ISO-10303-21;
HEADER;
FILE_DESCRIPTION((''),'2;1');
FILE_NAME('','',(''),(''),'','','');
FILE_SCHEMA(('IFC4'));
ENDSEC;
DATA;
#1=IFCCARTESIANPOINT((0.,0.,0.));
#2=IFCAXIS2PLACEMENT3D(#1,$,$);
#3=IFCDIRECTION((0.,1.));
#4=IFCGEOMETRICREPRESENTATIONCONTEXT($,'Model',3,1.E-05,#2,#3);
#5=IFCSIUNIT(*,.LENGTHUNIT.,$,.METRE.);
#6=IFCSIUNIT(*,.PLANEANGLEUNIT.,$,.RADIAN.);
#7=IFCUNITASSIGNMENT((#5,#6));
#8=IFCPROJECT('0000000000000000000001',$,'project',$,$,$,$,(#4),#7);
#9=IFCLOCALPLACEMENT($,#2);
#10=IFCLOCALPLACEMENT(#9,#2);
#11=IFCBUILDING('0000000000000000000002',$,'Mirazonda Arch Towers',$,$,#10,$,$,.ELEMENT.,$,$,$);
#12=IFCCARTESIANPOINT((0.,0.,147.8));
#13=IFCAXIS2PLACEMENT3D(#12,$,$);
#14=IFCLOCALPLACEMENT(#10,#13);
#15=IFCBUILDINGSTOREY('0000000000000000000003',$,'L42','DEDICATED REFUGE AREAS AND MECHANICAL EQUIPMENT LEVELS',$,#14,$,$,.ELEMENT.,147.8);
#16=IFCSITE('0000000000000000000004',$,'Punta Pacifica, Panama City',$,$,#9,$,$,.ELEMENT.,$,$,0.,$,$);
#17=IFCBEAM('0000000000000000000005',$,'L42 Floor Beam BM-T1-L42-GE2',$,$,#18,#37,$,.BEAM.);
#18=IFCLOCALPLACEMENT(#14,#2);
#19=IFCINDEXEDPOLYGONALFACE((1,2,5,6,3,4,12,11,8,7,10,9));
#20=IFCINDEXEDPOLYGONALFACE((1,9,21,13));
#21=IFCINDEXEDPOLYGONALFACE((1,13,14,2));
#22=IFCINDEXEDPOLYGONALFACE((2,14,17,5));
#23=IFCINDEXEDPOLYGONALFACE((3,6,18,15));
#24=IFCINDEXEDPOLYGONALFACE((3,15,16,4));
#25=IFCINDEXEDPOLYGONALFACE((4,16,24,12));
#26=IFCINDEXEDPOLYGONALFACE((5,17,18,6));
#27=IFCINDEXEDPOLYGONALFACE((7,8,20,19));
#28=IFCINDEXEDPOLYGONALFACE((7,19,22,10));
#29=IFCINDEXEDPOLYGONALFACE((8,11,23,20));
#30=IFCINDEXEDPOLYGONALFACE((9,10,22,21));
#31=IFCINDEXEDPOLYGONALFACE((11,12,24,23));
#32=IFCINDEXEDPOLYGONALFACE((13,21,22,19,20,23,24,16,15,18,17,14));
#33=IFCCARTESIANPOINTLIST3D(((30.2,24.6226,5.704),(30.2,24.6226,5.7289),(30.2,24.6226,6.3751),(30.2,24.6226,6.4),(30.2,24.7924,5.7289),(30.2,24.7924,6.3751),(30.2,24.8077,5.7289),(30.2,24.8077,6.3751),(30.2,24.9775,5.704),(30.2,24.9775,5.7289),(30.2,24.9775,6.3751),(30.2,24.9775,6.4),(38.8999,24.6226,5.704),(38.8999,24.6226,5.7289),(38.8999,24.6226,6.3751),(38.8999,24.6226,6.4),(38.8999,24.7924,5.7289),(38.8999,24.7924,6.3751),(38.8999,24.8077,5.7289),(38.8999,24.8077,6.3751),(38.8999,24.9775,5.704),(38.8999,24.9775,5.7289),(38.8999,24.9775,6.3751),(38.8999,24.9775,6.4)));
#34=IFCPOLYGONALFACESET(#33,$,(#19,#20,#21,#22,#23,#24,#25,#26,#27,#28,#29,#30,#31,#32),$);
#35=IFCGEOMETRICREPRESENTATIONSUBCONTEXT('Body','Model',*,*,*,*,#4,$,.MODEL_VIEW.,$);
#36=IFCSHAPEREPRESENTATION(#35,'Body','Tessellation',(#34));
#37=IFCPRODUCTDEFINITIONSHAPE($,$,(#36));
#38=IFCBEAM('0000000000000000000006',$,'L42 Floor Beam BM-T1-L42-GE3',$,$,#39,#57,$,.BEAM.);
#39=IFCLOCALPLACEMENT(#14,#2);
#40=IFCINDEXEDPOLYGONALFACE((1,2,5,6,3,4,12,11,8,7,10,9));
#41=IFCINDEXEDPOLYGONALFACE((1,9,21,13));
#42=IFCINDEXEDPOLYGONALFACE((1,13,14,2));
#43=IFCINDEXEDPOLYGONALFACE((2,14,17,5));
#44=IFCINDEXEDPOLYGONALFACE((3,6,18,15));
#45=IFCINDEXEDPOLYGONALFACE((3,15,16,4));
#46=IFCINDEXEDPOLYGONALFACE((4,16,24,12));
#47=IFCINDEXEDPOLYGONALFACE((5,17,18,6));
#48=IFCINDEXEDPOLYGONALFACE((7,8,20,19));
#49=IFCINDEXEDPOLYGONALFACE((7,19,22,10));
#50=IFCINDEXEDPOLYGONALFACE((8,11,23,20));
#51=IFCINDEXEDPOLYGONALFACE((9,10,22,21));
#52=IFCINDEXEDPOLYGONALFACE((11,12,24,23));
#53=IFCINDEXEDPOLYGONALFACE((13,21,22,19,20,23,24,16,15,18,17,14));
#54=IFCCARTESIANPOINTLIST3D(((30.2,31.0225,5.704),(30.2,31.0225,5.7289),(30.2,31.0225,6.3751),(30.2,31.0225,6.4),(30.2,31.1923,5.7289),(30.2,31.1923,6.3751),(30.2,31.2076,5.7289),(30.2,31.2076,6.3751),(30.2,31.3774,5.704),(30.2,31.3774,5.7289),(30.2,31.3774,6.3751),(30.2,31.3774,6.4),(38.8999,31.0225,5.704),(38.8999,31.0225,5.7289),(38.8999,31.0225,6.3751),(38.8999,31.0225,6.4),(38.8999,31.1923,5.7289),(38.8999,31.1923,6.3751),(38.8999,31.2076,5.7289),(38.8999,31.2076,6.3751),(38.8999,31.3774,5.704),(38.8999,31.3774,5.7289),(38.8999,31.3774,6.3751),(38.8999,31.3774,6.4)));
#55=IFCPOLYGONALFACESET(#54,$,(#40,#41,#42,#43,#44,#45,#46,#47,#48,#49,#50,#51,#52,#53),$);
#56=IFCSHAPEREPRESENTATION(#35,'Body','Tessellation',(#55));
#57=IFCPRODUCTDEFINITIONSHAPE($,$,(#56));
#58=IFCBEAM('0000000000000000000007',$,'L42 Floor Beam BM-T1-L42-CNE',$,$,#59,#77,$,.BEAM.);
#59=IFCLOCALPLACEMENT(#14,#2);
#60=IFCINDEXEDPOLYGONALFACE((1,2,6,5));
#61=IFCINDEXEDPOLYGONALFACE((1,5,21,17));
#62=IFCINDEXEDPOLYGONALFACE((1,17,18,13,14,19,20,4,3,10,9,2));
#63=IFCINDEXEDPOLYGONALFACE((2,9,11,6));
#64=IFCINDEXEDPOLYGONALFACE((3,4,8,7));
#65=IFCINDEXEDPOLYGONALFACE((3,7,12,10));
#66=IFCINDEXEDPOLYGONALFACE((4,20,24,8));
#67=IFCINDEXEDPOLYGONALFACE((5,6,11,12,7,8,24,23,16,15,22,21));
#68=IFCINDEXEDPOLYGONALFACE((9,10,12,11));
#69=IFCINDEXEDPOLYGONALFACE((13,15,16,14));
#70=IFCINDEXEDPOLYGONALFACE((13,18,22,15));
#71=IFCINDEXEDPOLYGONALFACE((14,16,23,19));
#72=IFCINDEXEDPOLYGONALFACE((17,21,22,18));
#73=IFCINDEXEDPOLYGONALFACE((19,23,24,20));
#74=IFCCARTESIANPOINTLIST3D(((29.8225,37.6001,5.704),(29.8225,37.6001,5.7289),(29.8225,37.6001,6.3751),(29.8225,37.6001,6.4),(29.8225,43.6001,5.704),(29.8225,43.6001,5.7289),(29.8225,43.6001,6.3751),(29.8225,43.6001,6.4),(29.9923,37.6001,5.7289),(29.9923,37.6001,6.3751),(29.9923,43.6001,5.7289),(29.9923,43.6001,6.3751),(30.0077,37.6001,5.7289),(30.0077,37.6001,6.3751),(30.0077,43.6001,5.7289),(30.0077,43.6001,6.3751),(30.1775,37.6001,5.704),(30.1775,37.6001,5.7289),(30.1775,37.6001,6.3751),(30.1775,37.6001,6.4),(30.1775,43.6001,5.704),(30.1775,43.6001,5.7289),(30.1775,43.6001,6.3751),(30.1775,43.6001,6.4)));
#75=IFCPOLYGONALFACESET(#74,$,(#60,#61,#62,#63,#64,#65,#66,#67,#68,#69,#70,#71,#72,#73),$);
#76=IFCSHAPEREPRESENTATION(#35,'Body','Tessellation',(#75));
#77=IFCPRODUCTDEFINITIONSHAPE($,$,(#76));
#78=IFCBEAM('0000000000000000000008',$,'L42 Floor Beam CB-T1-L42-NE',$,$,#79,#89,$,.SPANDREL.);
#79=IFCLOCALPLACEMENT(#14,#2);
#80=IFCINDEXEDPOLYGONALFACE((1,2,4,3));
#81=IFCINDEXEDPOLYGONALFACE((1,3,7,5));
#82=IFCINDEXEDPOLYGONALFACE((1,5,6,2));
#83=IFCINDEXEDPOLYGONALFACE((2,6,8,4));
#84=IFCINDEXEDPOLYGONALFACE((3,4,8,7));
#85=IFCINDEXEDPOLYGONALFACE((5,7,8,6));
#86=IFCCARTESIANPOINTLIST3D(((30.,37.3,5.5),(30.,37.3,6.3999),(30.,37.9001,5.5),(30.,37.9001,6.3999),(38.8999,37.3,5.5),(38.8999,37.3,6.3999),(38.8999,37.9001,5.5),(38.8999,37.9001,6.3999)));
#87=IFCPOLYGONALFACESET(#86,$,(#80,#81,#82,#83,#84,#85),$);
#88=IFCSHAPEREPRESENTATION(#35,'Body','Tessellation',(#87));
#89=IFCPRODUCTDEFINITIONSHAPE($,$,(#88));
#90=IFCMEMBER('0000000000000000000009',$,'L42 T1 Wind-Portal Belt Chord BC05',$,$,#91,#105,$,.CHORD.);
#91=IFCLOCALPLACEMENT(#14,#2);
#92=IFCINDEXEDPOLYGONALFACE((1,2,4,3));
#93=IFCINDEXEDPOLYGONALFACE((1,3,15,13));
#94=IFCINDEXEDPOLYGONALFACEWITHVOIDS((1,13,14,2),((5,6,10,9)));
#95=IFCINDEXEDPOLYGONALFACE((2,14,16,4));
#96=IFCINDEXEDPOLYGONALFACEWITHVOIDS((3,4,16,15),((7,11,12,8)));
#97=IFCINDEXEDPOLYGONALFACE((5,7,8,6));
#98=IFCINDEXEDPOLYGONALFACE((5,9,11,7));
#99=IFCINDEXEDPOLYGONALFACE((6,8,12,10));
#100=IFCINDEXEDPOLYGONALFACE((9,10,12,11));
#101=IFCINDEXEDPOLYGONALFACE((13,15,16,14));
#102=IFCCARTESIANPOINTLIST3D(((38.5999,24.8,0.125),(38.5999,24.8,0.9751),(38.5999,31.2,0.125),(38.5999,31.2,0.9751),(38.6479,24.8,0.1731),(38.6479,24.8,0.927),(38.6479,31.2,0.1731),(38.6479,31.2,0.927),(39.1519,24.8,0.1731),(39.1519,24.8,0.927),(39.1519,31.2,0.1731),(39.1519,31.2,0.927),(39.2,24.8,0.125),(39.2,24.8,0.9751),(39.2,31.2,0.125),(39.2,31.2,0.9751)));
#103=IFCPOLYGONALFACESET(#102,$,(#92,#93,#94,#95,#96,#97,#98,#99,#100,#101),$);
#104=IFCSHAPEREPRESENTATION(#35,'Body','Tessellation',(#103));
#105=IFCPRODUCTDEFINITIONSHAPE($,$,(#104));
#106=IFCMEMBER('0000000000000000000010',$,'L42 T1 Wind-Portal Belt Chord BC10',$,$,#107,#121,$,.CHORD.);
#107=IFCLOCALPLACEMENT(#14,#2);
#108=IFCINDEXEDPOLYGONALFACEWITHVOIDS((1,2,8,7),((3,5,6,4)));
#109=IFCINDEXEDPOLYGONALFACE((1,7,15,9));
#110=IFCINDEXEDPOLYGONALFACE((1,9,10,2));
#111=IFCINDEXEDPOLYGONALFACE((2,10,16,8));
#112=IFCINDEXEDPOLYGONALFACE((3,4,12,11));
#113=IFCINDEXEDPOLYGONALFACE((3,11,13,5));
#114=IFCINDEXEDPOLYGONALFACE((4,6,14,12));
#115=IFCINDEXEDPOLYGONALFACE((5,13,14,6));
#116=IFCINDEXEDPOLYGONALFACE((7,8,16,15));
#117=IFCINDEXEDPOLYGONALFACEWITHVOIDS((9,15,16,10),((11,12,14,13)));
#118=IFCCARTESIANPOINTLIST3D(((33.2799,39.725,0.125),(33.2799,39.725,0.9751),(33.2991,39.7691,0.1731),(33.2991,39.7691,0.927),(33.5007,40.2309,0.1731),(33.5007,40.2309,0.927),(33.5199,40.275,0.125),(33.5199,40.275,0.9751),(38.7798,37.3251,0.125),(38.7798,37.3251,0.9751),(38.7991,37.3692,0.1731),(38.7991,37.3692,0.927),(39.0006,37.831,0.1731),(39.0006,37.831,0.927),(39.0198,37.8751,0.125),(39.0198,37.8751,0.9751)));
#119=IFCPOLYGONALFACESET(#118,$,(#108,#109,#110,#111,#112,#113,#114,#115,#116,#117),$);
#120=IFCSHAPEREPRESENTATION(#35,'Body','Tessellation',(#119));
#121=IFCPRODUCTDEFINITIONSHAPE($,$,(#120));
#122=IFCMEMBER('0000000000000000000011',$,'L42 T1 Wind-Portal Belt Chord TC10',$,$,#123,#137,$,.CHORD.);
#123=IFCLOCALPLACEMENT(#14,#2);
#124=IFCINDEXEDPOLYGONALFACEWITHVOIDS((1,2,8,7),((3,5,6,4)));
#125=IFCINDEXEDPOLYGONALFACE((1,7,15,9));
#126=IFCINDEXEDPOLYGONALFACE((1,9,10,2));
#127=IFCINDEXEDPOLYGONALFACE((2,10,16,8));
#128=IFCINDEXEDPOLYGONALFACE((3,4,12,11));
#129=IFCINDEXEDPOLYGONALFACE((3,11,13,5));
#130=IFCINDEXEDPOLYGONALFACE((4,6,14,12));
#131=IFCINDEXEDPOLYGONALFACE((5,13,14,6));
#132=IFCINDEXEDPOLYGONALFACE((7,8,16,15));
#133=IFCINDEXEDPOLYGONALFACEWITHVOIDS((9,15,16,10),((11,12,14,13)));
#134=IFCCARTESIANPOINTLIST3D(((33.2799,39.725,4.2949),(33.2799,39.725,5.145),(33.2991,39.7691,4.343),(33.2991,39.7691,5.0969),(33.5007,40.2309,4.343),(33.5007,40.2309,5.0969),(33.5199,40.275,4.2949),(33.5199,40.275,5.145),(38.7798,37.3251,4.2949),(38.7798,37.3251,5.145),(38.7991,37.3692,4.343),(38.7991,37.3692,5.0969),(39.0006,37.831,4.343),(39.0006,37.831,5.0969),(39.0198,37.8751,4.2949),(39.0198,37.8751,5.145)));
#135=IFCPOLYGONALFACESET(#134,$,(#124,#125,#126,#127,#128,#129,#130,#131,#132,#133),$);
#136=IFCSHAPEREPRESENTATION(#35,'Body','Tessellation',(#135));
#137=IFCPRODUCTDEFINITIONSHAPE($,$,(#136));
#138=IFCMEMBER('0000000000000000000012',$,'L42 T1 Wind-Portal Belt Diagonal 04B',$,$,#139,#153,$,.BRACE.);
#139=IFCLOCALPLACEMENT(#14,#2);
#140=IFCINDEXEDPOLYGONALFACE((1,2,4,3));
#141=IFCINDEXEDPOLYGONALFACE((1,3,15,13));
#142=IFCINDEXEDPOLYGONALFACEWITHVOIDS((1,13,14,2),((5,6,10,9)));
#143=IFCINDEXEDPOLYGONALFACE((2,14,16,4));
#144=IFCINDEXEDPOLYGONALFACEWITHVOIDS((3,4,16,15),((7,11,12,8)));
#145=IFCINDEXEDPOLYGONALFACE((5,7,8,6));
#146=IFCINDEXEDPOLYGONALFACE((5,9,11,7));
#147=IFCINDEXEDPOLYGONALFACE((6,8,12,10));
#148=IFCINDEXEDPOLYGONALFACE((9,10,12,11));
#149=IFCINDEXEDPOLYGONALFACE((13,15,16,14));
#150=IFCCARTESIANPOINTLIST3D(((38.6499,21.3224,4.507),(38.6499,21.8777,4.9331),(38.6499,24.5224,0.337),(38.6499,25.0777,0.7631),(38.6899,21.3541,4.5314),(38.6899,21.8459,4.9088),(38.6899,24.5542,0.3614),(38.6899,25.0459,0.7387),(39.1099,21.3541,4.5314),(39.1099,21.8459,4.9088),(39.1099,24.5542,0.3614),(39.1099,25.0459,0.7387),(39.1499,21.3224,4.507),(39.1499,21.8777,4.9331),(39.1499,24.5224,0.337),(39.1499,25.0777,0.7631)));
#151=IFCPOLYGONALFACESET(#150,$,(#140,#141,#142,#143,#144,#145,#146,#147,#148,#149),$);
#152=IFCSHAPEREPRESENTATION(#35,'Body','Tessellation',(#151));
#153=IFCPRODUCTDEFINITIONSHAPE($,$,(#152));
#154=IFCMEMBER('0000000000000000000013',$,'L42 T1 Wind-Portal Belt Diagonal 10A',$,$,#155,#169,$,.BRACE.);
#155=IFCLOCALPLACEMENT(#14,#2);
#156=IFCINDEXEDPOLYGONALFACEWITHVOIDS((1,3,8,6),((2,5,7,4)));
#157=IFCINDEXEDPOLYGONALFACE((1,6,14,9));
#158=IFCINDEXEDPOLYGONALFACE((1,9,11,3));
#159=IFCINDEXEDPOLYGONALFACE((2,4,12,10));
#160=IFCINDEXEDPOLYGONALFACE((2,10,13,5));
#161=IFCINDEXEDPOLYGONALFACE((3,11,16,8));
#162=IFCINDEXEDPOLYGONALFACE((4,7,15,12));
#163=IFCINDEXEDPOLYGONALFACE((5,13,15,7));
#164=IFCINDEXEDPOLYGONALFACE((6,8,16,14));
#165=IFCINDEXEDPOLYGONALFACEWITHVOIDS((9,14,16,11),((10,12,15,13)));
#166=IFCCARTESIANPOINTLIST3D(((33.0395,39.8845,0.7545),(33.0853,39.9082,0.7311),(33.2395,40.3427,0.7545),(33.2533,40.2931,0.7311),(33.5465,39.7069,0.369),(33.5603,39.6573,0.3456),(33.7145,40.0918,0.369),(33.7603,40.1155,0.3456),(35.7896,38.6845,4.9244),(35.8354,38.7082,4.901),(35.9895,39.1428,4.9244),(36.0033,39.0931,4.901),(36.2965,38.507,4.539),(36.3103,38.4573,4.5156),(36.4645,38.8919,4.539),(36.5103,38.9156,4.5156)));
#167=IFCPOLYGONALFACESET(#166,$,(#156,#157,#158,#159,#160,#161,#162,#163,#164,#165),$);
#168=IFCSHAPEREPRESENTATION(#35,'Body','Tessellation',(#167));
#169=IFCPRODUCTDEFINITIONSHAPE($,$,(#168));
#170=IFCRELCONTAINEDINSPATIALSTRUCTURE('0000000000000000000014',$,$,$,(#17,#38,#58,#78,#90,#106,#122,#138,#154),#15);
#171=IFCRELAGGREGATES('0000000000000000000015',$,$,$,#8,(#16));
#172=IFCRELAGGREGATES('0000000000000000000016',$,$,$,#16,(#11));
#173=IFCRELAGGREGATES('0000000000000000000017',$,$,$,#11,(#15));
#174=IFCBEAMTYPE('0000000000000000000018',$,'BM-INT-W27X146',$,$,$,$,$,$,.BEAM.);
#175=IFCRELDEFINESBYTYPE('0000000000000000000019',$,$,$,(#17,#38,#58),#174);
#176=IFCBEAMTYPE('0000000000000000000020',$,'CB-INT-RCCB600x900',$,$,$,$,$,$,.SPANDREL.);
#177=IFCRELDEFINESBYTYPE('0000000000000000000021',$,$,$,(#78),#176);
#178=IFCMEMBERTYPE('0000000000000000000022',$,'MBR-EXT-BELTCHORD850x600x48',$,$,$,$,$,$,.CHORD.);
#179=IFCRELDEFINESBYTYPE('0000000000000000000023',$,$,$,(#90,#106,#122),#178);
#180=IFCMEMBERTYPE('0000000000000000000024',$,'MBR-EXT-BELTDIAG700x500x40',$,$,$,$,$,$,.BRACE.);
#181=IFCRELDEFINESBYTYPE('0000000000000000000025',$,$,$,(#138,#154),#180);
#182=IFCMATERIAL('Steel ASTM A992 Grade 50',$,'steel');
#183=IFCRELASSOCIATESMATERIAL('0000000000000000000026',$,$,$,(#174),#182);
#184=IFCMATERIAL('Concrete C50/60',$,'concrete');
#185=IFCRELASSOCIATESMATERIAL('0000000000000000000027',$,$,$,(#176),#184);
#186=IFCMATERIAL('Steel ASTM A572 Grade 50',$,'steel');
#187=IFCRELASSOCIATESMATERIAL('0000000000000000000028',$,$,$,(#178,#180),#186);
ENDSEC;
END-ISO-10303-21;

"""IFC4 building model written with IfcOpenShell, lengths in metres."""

from ifc_helpers import new_model, si_unit, direction, frame, origin, origin_2d, place, context, subcontext, project, spatial, rectangle, hollow_rectangle, i_section, extrude, material, material_profile, profile_set, type_object, element, save


model = new_model("IFC4")

# Units and contexts
model_context = context("Model", 3, precision=1e-05, world=origin(), true_north=direction((0.0, 1.0)))
body_context = subcontext(model_context, "Body", "Model", "MODEL_VIEW")
ifc_project = project(units=[si_unit("LENGTHUNIT", "METRE"), si_unit("PLANEANGLEUNIT", "RADIAN")], contexts=[model_context])

# Site, building, storey
site_placement = place(None, origin())
site = spatial("IfcSite", under=ifc_project, at=site_placement, Name="Punta Pacifica, Panama City", CompositionType="ELEMENT", RefElevation=0.0)
building_placement = place(site_placement, origin())
building = spatial("IfcBuilding", under=site, at=building_placement, Name="Mirazonda Arch Towers", CompositionType="ELEMENT")
storey_placement = place(building_placement, frame((0.0, 0.0, 147.8)))
storey = spatial("IfcBuildingStorey", under=building, at=storey_placement, Name="L42", Description="DEDICATED REFUGE AREAS AND MECHANICAL EQUIPMENT LEVELS", CompositionType="ELEMENT", Elevation=147.8)

# Shared definitions
ifc_material_1 = material(Name="Concrete C50/60", Category="concrete")
ifc_material_2 = material(Name="Steel ASTM A572 Grade 50", Category="steel")

# Beams
ifc_material_3 = material(Name="Steel ASTM A992 Grade 50", Category="steel")
ifc_material_profile_1 = material_profile(ifc_material_3, i_section(OverallWidth=0.355, OverallDepth=0.696, WebThickness=0.0154, FlangeThickness=0.0249, at=origin_2d()), Name="W27X146")
ifc_profile_set_1 = profile_set([ifc_material_profile_1], Name="Steel ASTM A992 Grade 50")
beam_type_1 = type_object("IfcBeamType", Name="BM-INT-W27X146", PredefinedType="BEAM", material=ifc_profile_set_1)
for number, where, z_axis, x_axis, name in (
    (1, (30.2, 24.8, 6.052), (1.0, 0.0, 0.0), (0.0, 1.0, 0.0), "L42 Floor Beam BM-T1-L42-GE2"),
    (2, (30.2, 31.2, 6.052), (1.0, 0.0, 0.0), (0.0, 1.0, 0.0), "L42 Floor Beam BM-T1-L42-GE3"),
):
    element("IfcBeam", number, at=place(storey_placement, frame(where, z_axis=z_axis, x_axis=x_axis)), inside=storey, type_object=beam_type_1, Name=name, PredefinedType="BEAM", context=body_context, shape_type="SweptSolid", body=[
        extrude(i_section(OverallWidth=0.355, OverallDepth=0.696, WebThickness=0.0154, FlangeThickness=0.0249, at=origin_2d()), origin(), (0.0, 0.0, 1.0), 8.7),
    ])
beam_1_placement = place(storey_placement, frame((30.0, 37.6001, 6.052), z_axis=(0.0, 1.0, 0.0), x_axis=(-1.0, 0.0, 0.0)))
element("IfcBeam", 3, at=beam_1_placement, inside=storey, type_object=beam_type_1, Name="L42 Floor Beam BM-T1-L42-CNE", PredefinedType="BEAM", context=body_context, shape_type="SweptSolid", body=[
    extrude(i_section(OverallWidth=0.355, OverallDepth=0.696, WebThickness=0.0154, FlangeThickness=0.0249, at=origin_2d()), origin(), (0.0, 0.0, 1.0), 6.0),
])
ifc_material_profile_2 = material_profile(ifc_material_1, rectangle(XDim=0.6001, YDim=0.8999, at=origin_2d()), Name="RCCB600x900")
ifc_profile_set_2 = profile_set([ifc_material_profile_2], Name="Concrete C50/60")
beam_type_2 = type_object("IfcBeamType", Name="CB-INT-RCCB600x900", PredefinedType="SPANDREL", material=ifc_profile_set_2)
beam_2_placement = place(storey_placement, frame((30.0, 37.6001, 5.95), z_axis=(1.0, 0.0, 0.0), x_axis=(0.0, 1.0, 0.0)))
element("IfcBeam", 4, at=beam_2_placement, inside=storey, type_object=beam_type_2, Name="L42 Floor Beam CB-T1-L42-NE", PredefinedType="SPANDREL", context=body_context, shape_type="SweptSolid", body=[
    extrude(rectangle(XDim=0.6001, YDim=0.8999, at=origin_2d()), origin(), (0.0, 0.0, 1.0), 8.8999),
])

# Members
ifc_material_profile_3 = material_profile(ifc_material_2, hollow_rectangle(XDim=0.6001, YDim=0.8501, WallThickness=0.0481, at=origin_2d()), Name="BELTCHORD850x600x48")
ifc_profile_set_3 = profile_set([ifc_material_profile_3], Name="Steel ASTM A572 Grade 50")
member_type_1 = type_object("IfcMemberType", Name="MBR-EXT-BELTCHORD850x600x48", PredefinedType="CHORD", material=ifc_profile_set_3)
member_1_placement = place(storey_placement, frame((38.8999, 24.8, 0.55), z_axis=(0.0, 1.0, 0.0), x_axis=(-1.0, 0.0, 0.0)))
element("IfcMember", 5, at=member_1_placement, inside=storey, type_object=member_type_1, Name="L42 T1 Wind-Portal Belt Chord BC05", PredefinedType="CHORD", context=body_context, shape_type="SweptSolid", body=[
    extrude(hollow_rectangle(XDim=0.6001, YDim=0.8501, WallThickness=0.0481, at=origin_2d()), origin(), (0.0, 0.0, 1.0), 6.3999),
])
for number, where, z_axis, x_axis, name in (
    (6, (33.3999, 40.0, 0.55), (0.916545, -0.399931, 0.0), (0.399931, 0.916545, 0.0), "L42 T1 Wind-Portal Belt Chord BC10"),
    (7, (33.3999, 40.0, 4.72), (0.916545, -0.399931, 0.0), (0.399931, 0.916545, 0.0), "L42 T1 Wind-Portal Belt Chord TC10"),
):
    element("IfcMember", number, at=place(storey_placement, frame(where, z_axis=z_axis, x_axis=x_axis)), inside=storey, type_object=member_type_1, Name=name, PredefinedType="CHORD", context=body_context, shape_type="SweptSolid", body=[
        extrude(hollow_rectangle(XDim=0.6001, YDim=0.8501, WallThickness=0.0481, at=origin_2d()), origin(), (0.0, 0.0, 1.0), 6.0007),
    ])
ifc_material_profile_4 = material_profile(ifc_material_2, hollow_rectangle(XDim=0.5, YDim=0.7, WallThickness=0.04, at=origin_2d()), Name="BELTDIAG700x500x40")
ifc_profile_set_4 = profile_set([ifc_material_profile_4], Name="Steel ASTM A572 Grade 50")
member_type_2 = type_object("IfcMemberType", Name="MBR-EXT-BELTDIAG700x500x40", PredefinedType="BRACE", material=ifc_profile_set_4)
member_2_placement = place(storey_placement, frame((38.8999, 24.8, 0.55), z_axis=(0.0, -0.608792, 0.79333), x_axis=(1.0, 0.0, 0.0)))
element("IfcMember", 8, at=member_2_placement, inside=storey, type_object=member_type_2, Name="L42 T1 Wind-Portal Belt Diagonal 04B", PredefinedType="BRACE", context=body_context, shape_type="SweptSolid", body=[
    extrude(hollow_rectangle(XDim=0.5, YDim=0.7, WallThickness=0.04, at=origin_2d()), origin(), (0.0, 0.0, 1.0), 5.2563),
])
member_3_placement = place(storey_placement, frame((33.3999, 40.0, 0.55), z_axis=(0.535313, -0.233582, 0.811714), x_axis=(0.399931, 0.916545, 0.0)))
element("IfcMember", 9, at=member_3_placement, inside=storey, type_object=member_type_2, Name="L42 T1 Wind-Portal Belt Diagonal 10A", PredefinedType="BRACE", context=body_context, shape_type="SweptSolid", body=[
    extrude(hollow_rectangle(XDim=0.5, YDim=0.7, WallThickness=0.04, at=origin_2d()), origin(), (0.0, 0.0, 1.0), 5.1372),
])

save(model, "model.ifc")
